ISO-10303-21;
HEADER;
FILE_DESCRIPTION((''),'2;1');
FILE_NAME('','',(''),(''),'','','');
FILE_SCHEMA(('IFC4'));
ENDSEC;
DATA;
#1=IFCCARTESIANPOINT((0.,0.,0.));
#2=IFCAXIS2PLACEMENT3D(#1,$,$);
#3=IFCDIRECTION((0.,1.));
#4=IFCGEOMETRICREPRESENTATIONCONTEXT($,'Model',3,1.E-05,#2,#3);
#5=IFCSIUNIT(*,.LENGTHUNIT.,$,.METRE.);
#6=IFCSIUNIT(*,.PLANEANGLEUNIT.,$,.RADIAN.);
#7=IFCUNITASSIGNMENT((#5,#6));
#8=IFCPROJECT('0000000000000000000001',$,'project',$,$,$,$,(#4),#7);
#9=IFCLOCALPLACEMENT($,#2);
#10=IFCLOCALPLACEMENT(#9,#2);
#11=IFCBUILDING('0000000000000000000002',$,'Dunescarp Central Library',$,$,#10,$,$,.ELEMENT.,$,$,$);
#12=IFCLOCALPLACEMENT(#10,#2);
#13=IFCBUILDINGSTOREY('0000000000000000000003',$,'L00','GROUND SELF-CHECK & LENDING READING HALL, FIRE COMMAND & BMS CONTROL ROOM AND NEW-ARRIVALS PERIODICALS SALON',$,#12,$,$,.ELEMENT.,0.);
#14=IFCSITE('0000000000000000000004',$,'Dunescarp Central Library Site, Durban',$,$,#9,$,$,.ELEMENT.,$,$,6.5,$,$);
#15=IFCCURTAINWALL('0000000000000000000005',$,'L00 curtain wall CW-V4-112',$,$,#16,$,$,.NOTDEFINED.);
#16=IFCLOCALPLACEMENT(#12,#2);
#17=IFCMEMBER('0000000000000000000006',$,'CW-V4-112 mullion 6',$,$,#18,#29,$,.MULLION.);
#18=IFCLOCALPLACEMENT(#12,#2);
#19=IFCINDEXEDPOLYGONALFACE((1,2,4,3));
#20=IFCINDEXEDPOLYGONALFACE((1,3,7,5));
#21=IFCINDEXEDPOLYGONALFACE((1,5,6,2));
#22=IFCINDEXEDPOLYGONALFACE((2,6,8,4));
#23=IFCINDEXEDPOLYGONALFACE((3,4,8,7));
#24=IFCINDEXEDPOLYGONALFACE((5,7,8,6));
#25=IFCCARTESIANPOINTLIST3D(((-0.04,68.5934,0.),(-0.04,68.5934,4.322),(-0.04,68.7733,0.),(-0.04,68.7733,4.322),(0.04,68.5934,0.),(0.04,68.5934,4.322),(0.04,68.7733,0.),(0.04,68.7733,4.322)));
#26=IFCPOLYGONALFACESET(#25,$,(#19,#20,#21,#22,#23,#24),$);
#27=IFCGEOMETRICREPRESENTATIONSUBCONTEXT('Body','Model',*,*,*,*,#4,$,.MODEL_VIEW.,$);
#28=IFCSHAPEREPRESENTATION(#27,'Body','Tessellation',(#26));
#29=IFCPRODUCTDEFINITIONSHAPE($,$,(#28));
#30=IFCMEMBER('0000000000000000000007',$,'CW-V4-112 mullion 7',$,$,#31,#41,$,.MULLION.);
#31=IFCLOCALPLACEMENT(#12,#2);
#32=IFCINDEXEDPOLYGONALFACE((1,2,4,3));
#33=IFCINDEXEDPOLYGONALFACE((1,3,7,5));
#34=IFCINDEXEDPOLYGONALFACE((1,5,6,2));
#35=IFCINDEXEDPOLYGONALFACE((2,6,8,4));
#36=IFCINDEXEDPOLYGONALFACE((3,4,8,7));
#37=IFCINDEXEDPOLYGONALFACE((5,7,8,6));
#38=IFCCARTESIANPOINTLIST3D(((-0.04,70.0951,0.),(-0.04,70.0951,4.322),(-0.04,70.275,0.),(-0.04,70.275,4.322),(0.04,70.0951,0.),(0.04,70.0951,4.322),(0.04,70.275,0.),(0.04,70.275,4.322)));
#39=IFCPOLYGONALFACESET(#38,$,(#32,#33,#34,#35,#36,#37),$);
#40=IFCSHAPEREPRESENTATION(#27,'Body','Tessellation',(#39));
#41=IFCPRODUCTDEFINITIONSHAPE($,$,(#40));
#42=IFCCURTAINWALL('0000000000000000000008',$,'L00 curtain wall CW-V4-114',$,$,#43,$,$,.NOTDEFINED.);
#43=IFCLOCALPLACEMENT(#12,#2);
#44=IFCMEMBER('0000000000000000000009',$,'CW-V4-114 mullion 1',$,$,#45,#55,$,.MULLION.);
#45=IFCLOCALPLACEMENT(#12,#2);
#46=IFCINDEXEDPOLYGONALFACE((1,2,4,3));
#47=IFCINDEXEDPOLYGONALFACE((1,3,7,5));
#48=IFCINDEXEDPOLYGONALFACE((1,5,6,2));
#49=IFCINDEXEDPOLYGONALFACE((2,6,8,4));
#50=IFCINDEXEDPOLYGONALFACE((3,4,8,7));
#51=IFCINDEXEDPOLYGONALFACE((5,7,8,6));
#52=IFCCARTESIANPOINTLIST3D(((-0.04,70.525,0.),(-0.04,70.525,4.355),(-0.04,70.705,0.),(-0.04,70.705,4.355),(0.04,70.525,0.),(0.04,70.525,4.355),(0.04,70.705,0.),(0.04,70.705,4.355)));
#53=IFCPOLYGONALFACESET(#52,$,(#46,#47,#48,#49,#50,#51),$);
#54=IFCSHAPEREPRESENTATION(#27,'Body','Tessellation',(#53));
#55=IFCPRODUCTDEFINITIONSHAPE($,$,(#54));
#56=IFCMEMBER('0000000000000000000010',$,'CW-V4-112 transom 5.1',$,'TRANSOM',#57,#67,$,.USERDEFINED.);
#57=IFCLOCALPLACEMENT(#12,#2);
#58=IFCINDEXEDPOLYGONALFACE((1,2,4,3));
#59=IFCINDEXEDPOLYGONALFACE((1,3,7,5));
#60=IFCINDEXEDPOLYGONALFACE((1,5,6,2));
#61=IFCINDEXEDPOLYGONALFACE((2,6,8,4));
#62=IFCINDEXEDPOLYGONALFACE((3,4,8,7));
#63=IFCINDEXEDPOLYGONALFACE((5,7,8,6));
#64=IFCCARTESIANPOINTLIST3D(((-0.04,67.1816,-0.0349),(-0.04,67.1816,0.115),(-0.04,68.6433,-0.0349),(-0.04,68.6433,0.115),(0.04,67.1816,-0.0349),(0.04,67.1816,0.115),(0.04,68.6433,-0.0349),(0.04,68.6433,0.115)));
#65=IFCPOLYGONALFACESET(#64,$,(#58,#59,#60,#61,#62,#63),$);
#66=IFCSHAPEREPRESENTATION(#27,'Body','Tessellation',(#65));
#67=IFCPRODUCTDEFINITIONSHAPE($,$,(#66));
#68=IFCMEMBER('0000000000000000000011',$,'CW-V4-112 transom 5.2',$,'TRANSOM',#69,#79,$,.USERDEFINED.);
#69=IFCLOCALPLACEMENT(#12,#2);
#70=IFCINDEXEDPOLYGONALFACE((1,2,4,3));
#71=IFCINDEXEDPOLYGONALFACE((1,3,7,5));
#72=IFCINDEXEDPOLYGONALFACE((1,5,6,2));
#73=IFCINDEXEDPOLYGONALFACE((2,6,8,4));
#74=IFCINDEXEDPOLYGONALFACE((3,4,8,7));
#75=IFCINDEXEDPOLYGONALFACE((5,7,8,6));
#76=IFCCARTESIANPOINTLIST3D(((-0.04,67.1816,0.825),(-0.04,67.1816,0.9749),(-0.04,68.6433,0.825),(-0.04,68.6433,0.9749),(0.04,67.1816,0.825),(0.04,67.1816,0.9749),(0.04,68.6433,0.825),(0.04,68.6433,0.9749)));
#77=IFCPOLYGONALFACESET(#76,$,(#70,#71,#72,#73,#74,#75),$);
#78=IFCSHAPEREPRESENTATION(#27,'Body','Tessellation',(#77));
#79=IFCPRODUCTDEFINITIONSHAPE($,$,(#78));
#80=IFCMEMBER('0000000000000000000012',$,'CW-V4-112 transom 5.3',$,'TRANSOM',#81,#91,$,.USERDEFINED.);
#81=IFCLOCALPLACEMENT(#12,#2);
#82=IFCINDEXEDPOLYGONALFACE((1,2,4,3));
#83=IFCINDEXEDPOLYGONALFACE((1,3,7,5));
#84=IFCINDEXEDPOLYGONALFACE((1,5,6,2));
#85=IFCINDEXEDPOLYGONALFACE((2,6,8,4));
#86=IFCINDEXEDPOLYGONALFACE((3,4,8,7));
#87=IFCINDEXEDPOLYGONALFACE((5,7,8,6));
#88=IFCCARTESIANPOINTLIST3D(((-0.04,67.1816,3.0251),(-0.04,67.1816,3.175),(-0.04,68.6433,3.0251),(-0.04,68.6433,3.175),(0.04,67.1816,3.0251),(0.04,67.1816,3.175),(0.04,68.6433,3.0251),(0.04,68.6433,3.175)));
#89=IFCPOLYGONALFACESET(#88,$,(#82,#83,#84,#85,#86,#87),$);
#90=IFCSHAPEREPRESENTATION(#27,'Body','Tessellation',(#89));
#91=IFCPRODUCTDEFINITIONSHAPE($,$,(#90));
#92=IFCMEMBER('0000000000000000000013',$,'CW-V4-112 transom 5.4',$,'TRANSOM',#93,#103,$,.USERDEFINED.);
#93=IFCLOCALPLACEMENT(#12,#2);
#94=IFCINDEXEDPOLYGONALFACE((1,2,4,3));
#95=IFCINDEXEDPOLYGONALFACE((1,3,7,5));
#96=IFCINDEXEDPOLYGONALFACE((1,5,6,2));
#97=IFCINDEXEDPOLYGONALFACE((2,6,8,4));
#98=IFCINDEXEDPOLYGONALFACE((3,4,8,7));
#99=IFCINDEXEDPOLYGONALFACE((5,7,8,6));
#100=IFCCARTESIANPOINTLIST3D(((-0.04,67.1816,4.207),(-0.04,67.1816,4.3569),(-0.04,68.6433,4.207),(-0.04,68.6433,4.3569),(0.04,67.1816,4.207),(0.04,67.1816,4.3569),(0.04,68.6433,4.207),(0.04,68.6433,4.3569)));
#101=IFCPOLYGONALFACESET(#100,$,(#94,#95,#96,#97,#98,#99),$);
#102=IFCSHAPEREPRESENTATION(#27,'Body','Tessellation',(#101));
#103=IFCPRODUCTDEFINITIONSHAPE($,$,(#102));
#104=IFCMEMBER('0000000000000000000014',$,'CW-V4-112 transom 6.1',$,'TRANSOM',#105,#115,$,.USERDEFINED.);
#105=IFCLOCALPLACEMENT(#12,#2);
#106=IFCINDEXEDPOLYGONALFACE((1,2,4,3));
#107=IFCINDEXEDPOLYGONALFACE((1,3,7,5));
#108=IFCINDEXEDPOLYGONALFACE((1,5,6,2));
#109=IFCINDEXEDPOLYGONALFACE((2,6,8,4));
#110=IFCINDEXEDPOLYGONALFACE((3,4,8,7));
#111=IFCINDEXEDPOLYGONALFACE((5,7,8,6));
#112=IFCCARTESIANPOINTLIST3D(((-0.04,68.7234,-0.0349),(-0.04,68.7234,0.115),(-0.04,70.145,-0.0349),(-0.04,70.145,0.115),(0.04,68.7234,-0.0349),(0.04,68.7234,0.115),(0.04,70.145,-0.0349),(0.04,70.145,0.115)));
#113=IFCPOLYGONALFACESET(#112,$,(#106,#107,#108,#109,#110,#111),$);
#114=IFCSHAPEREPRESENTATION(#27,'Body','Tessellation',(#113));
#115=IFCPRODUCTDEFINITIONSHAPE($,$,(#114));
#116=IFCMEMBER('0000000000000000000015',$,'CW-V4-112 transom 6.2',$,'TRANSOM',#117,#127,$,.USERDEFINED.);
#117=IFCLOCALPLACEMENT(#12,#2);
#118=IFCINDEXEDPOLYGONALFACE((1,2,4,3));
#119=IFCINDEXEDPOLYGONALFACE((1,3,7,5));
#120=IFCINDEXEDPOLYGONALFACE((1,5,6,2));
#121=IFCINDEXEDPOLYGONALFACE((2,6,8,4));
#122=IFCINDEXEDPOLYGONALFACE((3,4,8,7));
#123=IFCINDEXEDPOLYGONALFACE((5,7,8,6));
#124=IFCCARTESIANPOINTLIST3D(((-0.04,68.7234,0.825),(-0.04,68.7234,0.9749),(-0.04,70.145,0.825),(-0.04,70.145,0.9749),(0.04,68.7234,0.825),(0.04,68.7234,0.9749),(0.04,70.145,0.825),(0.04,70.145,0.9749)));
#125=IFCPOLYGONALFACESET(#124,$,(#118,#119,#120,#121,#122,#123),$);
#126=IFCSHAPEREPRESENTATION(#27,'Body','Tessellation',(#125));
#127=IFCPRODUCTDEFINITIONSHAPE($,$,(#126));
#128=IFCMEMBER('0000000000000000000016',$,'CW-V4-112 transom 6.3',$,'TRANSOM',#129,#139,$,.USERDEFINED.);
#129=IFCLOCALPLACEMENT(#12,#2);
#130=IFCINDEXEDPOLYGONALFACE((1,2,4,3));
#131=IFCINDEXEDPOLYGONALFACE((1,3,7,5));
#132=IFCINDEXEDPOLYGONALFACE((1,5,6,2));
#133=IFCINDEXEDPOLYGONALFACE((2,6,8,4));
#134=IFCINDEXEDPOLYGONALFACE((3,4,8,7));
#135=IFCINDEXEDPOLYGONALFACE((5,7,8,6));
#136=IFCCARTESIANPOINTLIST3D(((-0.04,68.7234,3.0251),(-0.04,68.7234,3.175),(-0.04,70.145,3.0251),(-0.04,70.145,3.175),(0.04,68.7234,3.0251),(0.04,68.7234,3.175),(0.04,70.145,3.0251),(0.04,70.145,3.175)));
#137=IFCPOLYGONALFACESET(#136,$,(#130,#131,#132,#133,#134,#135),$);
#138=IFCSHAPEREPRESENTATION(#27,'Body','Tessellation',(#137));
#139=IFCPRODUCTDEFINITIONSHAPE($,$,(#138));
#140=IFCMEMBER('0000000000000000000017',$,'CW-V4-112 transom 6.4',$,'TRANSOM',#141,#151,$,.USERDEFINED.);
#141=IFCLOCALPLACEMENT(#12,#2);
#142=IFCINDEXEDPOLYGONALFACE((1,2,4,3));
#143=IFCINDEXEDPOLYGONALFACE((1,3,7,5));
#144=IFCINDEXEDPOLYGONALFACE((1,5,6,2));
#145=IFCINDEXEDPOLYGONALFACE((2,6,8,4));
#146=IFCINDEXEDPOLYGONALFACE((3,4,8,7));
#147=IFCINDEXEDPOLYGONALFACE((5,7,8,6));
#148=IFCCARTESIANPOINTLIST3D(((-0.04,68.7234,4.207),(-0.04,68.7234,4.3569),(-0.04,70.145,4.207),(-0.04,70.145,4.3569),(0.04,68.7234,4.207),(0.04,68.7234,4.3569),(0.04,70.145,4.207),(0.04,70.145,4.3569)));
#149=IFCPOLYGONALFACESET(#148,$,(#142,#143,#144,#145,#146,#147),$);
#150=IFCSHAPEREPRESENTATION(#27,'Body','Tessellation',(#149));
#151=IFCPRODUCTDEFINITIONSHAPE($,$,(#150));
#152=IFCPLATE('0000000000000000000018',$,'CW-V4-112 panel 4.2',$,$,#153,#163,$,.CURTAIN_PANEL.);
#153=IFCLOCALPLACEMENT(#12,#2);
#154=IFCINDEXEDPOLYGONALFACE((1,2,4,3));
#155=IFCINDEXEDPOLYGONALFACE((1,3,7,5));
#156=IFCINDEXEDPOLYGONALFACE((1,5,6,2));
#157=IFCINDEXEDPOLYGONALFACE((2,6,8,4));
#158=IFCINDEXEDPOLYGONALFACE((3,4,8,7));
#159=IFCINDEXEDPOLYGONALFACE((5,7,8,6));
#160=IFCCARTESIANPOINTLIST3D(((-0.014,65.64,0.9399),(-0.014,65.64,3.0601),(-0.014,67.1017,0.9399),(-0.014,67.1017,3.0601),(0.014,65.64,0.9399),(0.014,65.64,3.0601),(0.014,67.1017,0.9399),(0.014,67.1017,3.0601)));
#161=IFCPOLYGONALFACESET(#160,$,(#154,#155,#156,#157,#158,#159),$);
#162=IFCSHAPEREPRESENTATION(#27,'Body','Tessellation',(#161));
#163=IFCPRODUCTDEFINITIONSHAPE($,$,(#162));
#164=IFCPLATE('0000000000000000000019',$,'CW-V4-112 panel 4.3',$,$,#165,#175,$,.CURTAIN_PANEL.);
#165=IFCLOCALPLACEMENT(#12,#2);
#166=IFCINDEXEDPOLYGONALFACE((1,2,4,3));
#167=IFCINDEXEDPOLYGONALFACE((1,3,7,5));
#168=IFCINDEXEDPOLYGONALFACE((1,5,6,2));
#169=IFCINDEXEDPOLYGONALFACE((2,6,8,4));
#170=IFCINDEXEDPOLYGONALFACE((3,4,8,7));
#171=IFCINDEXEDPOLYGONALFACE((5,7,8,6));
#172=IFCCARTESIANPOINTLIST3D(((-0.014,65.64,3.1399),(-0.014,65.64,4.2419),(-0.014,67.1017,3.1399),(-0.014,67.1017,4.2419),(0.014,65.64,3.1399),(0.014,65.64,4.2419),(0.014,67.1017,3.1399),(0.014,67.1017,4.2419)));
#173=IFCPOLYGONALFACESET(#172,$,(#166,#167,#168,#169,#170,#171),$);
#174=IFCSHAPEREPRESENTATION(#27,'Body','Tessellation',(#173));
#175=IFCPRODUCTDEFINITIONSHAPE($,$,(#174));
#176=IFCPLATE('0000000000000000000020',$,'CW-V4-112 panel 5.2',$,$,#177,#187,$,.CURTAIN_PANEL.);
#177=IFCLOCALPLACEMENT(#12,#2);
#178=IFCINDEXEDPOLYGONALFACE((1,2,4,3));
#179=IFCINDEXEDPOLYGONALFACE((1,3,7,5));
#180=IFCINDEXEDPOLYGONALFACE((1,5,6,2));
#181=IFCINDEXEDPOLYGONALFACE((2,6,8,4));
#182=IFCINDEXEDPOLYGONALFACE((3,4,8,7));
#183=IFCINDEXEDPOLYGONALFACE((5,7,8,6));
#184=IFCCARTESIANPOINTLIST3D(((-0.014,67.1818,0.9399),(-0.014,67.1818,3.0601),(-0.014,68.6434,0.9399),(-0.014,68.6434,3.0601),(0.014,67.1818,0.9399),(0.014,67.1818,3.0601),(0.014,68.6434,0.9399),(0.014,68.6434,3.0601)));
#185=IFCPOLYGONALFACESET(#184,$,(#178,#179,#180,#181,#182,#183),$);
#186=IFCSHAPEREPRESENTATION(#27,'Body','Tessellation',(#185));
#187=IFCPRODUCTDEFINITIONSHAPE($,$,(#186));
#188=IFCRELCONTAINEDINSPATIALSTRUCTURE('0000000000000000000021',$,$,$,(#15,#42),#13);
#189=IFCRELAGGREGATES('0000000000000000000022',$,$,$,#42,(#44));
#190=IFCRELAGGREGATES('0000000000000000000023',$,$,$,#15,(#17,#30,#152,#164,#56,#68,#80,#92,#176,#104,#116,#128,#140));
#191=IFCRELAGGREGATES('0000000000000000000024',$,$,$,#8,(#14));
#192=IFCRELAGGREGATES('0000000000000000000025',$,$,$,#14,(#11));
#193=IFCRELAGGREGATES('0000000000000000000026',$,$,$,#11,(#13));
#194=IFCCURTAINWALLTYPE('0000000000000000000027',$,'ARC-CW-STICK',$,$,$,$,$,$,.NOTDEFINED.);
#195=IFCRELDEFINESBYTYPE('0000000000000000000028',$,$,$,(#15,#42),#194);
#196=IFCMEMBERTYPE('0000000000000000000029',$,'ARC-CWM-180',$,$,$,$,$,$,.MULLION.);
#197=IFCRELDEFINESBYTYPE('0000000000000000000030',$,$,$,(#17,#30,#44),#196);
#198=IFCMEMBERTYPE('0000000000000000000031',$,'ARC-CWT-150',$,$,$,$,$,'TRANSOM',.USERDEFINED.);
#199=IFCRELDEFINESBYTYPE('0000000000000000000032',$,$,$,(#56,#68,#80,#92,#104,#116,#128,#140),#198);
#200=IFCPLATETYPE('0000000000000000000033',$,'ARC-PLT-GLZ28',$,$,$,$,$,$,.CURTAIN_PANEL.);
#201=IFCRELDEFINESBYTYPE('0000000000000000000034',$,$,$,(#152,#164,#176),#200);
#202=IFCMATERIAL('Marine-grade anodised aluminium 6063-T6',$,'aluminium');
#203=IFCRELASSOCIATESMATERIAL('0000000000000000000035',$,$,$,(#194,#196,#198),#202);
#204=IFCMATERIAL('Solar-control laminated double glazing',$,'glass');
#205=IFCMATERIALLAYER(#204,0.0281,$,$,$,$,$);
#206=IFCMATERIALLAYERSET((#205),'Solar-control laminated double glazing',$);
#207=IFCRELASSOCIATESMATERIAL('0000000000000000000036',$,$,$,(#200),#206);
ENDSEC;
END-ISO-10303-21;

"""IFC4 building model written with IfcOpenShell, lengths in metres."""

from ifc_helpers import new_model, si_unit, direction, frame, origin, origin_2d, place, context, subcontext, project, spatial, rectangle, extrude, material, layer, layer_set, material_profile, profile_set, type_object, element, aggregate, save


model = new_model("IFC4")

# Units and contexts
model_context = context("Model", 3, precision=1e-05, world=origin(), true_north=direction((0.0, 1.0)))
body_context = subcontext(model_context, "Body", "Model", "MODEL_VIEW")
ifc_project = project(units=[si_unit("LENGTHUNIT", "METRE"), si_unit("PLANEANGLEUNIT", "RADIAN")], contexts=[model_context])

# Site, building, storey
site_placement = place(None, origin())
site = spatial("IfcSite", under=ifc_project, at=site_placement, Name="Dunescarp Central Library Site, Durban", CompositionType="ELEMENT", RefElevation=6.5)
building_placement = place(site_placement, origin())
building = spatial("IfcBuilding", under=site, at=building_placement, Name="Dunescarp Central Library", CompositionType="ELEMENT")
storey_placement = place(building_placement, origin())
storey = spatial("IfcBuildingStorey", under=building, at=storey_placement, Name="L00", Description="GROUND SELF-CHECK & LENDING READING HALL, FIRE COMMAND & BMS CONTROL ROOM AND NEW-ARRIVALS PERIODICALS SALON", CompositionType="ELEMENT", Elevation=0.0)

# Curtain wall, members
ifc_material_1 = material(Name="Marine-grade anodised aluminium 6063-T6", Category="aluminium")
curtain_wall_type = type_object("IfcCurtainWallType", Name="ARC-CW-STICK", PredefinedType="NOTDEFINED", material=ifc_material_1)
curtain_wall_1_placement = place(storey_placement, origin())
curtain_wall_1 = element("IfcCurtainWall", 1, at=curtain_wall_1_placement, inside=storey, type_object=curtain_wall_type, Name="L00 curtain wall CW-V4-112", PredefinedType="NOTDEFINED")
ifc_material_profile_1 = material_profile(ifc_material_1, rectangle(XDim=0.0801, YDim=0.1799, at=origin_2d()), Name="AL 80x180")
ifc_profile_set_1 = profile_set([ifc_material_profile_1], Name="Marine-grade anodised aluminium 6063-T6")
member_type_1 = type_object("IfcMemberType", Name="ARC-CWM-180", PredefinedType="MULLION", material=ifc_profile_set_1)
member_1_placement = place(storey_placement, frame((0.0, 68.6833, 0.0), z_axis=(0.0, 0.0, 1.0), x_axis=(-1.0, 0.0, 0.0)))
member_1 = element("IfcMember", 2, at=member_1_placement, type_object=member_type_1, Name="CW-V4-112 mullion 6", PredefinedType="MULLION", context=body_context, shape_type="SweptSolid", body=[
    extrude(rectangle(XDim=0.0801, YDim=0.1799, at=origin_2d()), origin(), (0.0, 0.0, 1.0), 4.322),
])
member_2_placement = place(storey_placement, frame((0.0, 70.1851, 0.0), z_axis=(0.0, 0.0, 1.0), x_axis=(-1.0, 0.0, 0.0)))
member_2 = element("IfcMember", 3, at=member_2_placement, type_object=member_type_1, Name="CW-V4-112 mullion 7", PredefinedType="MULLION", context=body_context, shape_type="SweptSolid", body=[
    extrude(rectangle(XDim=0.0801, YDim=0.1799, at=origin_2d()), origin(), (0.0, 0.0, 1.0), 4.322),
])

# Curtain wall, member
curtain_wall_2_placement = place(storey_placement, origin())
curtain_wall_2 = element("IfcCurtainWall", 4, at=curtain_wall_2_placement, inside=storey, type_object=curtain_wall_type, Name="L00 curtain wall CW-V4-114", PredefinedType="NOTDEFINED")
member_3_placement = place(storey_placement, frame((0.0, 70.615, 0.0), z_axis=(0.0, 0.0, 1.0), x_axis=(-1.0, 0.0, 0.0)))
member_3 = element("IfcMember", 5, at=member_3_placement, type_object=member_type_1, Name="CW-V4-114 mullion 1", PredefinedType="MULLION", context=body_context, shape_type="SweptSolid", body=[
    extrude(rectangle(XDim=0.0801, YDim=0.1799, at=origin_2d()), origin(), (0.0, 0.0, 1.0), 4.355),
])
aggregate(curtain_wall_2, [member_3])

# Members
ifc_material_profile_2 = material_profile(ifc_material_1, rectangle(XDim=0.0801, YDim=0.1499, at=origin_2d()), Name="AL 80x150")
ifc_profile_set_2 = profile_set([ifc_material_profile_2], Name="Marine-grade anodised aluminium 6063-T6")
member_type_2 = type_object("IfcMemberType", Name="ARC-CWT-150", ElementType="TRANSOM", PredefinedType="USERDEFINED", material=ifc_profile_set_2)
member_4_placement = place(storey_placement, frame((0.0, 67.1816, 0.04), z_axis=(0.0, 1.0, 0.0), x_axis=(-1.0, 0.0, 0.0)))
member_4 = element("IfcMember", 6, at=member_4_placement, type_object=member_type_2, Name="CW-V4-112 transom 5.1", ObjectType="TRANSOM", PredefinedType="USERDEFINED", context=body_context, shape_type="SweptSolid", body=[
    extrude(rectangle(XDim=0.0801, YDim=0.1499, at=origin_2d()), origin(), (0.0, 0.0, 1.0), 1.4617),
])
member_5_placement = place(storey_placement, frame((0.0, 67.1816, 0.8999), z_axis=(0.0, 1.0, 0.0), x_axis=(-1.0, 0.0, 0.0)))
member_5 = element("IfcMember", 7, at=member_5_placement, type_object=member_type_2, Name="CW-V4-112 transom 5.2", ObjectType="TRANSOM", PredefinedType="USERDEFINED", context=body_context, shape_type="SweptSolid", body=[
    extrude(rectangle(XDim=0.0801, YDim=0.1499, at=origin_2d()), origin(), (0.0, 0.0, 1.0), 1.4617),
])
member_6_placement = place(storey_placement, frame((0.0, 67.1816, 3.1001), z_axis=(0.0, 1.0, 0.0), x_axis=(-1.0, 0.0, 0.0)))
member_6 = element("IfcMember", 8, at=member_6_placement, type_object=member_type_2, Name="CW-V4-112 transom 5.3", ObjectType="TRANSOM", PredefinedType="USERDEFINED", context=body_context, shape_type="SweptSolid", body=[
    extrude(rectangle(XDim=0.0801, YDim=0.1499, at=origin_2d()), origin(), (0.0, 0.0, 1.0), 1.4617),
])
member_7_placement = place(storey_placement, frame((0.0, 67.1816, 4.282), z_axis=(0.0, 1.0, 0.0), x_axis=(-1.0, 0.0, 0.0)))
member_7 = element("IfcMember", 9, at=member_7_placement, type_object=member_type_2, Name="CW-V4-112 transom 5.4", ObjectType="TRANSOM", PredefinedType="USERDEFINED", context=body_context, shape_type="SweptSolid", body=[
    extrude(rectangle(XDim=0.0801, YDim=0.1499, at=origin_2d()), origin(), (0.0, 0.0, 1.0), 1.4617),
])
member_8_placement = place(storey_placement, frame((0.0, 68.7234, 0.04), z_axis=(0.0, 1.0, 0.0), x_axis=(-1.0, 0.0, 0.0)))
member_8 = element("IfcMember", 10, at=member_8_placement, type_object=member_type_2, Name="CW-V4-112 transom 6.1", ObjectType="TRANSOM", PredefinedType="USERDEFINED", context=body_context, shape_type="SweptSolid", body=[
    extrude(rectangle(XDim=0.0801, YDim=0.1499, at=origin_2d()), origin(), (0.0, 0.0, 1.0), 1.4216),
])
member_9_placement = place(storey_placement, frame((0.0, 68.7234, 0.8999), z_axis=(0.0, 1.0, 0.0), x_axis=(-1.0, 0.0, 0.0)))
member_9 = element("IfcMember", 11, at=member_9_placement, type_object=member_type_2, Name="CW-V4-112 transom 6.2", ObjectType="TRANSOM", PredefinedType="USERDEFINED", context=body_context, shape_type="SweptSolid", body=[
    extrude(rectangle(XDim=0.0801, YDim=0.1499, at=origin_2d()), origin(), (0.0, 0.0, 1.0), 1.4216),
])
member_10_placement = place(storey_placement, frame((0.0, 68.7234, 3.1001), z_axis=(0.0, 1.0, 0.0), x_axis=(-1.0, 0.0, 0.0)))
member_10 = element("IfcMember", 12, at=member_10_placement, type_object=member_type_2, Name="CW-V4-112 transom 6.3", ObjectType="TRANSOM", PredefinedType="USERDEFINED", context=body_context, shape_type="SweptSolid", body=[
    extrude(rectangle(XDim=0.0801, YDim=0.1499, at=origin_2d()), origin(), (0.0, 0.0, 1.0), 1.4216),
])
member_11_placement = place(storey_placement, frame((0.0, 68.7234, 4.282), z_axis=(0.0, 1.0, 0.0), x_axis=(-1.0, 0.0, 0.0)))
member_11 = element("IfcMember", 13, at=member_11_placement, type_object=member_type_2, Name="CW-V4-112 transom 6.4", ObjectType="TRANSOM", PredefinedType="USERDEFINED", context=body_context, shape_type="SweptSolid", body=[
    extrude(rectangle(XDim=0.0801, YDim=0.1499, at=origin_2d()), origin(), (0.0, 0.0, 1.0), 1.4216),
])

# Plates
ifc_material_2 = material(Name="Solar-control laminated double glazing", Category="glass")
ifc_layer_1 = layer(ifc_material_2, 0.0281)
ifc_layer_set_1 = layer_set([ifc_layer_1], Name="Solar-control laminated double glazing")
plate_type_1 = type_object("IfcPlateType", Name="ARC-PLT-GLZ28", PredefinedType="CURTAIN_PANEL", material=ifc_layer_set_1)
plate_1_placement = place(storey_placement, frame((0.0, 66.3708, 0.9399), z_axis=(0.0, 0.0, 1.0), x_axis=(0.0, 1.0, 0.0)))
plate_1 = element("IfcPlate", 14, at=plate_1_placement, type_object=plate_type_1, Name="CW-V4-112 panel 4.2", PredefinedType="CURTAIN_PANEL", context=body_context, shape_type="SweptSolid", body=[
    extrude(rectangle(XDim=1.4617, YDim=0.0281, at=origin_2d()), origin(), (0.0, 0.0, 1.0), 2.1201),
])
plate_2_placement = place(storey_placement, frame((0.0, 66.3708, 3.1399), z_axis=(0.0, 0.0, 1.0), x_axis=(0.0, 1.0, 0.0)))
plate_2 = element("IfcPlate", 15, at=plate_2_placement, type_object=plate_type_1, Name="CW-V4-112 panel 4.3", PredefinedType="CURTAIN_PANEL", context=body_context, shape_type="SweptSolid", body=[
    extrude(rectangle(XDim=1.4617, YDim=0.0281, at=origin_2d()), origin(), (0.0, 0.0, 1.0), 1.1021),
])
plate_3_placement = place(storey_placement, frame((0.0, 67.9126, 0.9399), z_axis=(0.0, 0.0, 1.0), x_axis=(0.0, 1.0, 0.0)))
plate_3 = element("IfcPlate", 16, at=plate_3_placement, type_object=plate_type_1, Name="CW-V4-112 panel 5.2", PredefinedType="CURTAIN_PANEL", context=body_context, shape_type="SweptSolid", body=[
    extrude(rectangle(XDim=1.4617, YDim=0.0281, at=origin_2d()), origin(), (0.0, 0.0, 1.0), 2.1201),
])
aggregate(curtain_wall_1, [member_1, member_2, plate_1, plate_2, member_4, member_5, member_6, member_7, plate_3, member_8, member_9, member_10, member_11])

save(model, "model.ifc")
